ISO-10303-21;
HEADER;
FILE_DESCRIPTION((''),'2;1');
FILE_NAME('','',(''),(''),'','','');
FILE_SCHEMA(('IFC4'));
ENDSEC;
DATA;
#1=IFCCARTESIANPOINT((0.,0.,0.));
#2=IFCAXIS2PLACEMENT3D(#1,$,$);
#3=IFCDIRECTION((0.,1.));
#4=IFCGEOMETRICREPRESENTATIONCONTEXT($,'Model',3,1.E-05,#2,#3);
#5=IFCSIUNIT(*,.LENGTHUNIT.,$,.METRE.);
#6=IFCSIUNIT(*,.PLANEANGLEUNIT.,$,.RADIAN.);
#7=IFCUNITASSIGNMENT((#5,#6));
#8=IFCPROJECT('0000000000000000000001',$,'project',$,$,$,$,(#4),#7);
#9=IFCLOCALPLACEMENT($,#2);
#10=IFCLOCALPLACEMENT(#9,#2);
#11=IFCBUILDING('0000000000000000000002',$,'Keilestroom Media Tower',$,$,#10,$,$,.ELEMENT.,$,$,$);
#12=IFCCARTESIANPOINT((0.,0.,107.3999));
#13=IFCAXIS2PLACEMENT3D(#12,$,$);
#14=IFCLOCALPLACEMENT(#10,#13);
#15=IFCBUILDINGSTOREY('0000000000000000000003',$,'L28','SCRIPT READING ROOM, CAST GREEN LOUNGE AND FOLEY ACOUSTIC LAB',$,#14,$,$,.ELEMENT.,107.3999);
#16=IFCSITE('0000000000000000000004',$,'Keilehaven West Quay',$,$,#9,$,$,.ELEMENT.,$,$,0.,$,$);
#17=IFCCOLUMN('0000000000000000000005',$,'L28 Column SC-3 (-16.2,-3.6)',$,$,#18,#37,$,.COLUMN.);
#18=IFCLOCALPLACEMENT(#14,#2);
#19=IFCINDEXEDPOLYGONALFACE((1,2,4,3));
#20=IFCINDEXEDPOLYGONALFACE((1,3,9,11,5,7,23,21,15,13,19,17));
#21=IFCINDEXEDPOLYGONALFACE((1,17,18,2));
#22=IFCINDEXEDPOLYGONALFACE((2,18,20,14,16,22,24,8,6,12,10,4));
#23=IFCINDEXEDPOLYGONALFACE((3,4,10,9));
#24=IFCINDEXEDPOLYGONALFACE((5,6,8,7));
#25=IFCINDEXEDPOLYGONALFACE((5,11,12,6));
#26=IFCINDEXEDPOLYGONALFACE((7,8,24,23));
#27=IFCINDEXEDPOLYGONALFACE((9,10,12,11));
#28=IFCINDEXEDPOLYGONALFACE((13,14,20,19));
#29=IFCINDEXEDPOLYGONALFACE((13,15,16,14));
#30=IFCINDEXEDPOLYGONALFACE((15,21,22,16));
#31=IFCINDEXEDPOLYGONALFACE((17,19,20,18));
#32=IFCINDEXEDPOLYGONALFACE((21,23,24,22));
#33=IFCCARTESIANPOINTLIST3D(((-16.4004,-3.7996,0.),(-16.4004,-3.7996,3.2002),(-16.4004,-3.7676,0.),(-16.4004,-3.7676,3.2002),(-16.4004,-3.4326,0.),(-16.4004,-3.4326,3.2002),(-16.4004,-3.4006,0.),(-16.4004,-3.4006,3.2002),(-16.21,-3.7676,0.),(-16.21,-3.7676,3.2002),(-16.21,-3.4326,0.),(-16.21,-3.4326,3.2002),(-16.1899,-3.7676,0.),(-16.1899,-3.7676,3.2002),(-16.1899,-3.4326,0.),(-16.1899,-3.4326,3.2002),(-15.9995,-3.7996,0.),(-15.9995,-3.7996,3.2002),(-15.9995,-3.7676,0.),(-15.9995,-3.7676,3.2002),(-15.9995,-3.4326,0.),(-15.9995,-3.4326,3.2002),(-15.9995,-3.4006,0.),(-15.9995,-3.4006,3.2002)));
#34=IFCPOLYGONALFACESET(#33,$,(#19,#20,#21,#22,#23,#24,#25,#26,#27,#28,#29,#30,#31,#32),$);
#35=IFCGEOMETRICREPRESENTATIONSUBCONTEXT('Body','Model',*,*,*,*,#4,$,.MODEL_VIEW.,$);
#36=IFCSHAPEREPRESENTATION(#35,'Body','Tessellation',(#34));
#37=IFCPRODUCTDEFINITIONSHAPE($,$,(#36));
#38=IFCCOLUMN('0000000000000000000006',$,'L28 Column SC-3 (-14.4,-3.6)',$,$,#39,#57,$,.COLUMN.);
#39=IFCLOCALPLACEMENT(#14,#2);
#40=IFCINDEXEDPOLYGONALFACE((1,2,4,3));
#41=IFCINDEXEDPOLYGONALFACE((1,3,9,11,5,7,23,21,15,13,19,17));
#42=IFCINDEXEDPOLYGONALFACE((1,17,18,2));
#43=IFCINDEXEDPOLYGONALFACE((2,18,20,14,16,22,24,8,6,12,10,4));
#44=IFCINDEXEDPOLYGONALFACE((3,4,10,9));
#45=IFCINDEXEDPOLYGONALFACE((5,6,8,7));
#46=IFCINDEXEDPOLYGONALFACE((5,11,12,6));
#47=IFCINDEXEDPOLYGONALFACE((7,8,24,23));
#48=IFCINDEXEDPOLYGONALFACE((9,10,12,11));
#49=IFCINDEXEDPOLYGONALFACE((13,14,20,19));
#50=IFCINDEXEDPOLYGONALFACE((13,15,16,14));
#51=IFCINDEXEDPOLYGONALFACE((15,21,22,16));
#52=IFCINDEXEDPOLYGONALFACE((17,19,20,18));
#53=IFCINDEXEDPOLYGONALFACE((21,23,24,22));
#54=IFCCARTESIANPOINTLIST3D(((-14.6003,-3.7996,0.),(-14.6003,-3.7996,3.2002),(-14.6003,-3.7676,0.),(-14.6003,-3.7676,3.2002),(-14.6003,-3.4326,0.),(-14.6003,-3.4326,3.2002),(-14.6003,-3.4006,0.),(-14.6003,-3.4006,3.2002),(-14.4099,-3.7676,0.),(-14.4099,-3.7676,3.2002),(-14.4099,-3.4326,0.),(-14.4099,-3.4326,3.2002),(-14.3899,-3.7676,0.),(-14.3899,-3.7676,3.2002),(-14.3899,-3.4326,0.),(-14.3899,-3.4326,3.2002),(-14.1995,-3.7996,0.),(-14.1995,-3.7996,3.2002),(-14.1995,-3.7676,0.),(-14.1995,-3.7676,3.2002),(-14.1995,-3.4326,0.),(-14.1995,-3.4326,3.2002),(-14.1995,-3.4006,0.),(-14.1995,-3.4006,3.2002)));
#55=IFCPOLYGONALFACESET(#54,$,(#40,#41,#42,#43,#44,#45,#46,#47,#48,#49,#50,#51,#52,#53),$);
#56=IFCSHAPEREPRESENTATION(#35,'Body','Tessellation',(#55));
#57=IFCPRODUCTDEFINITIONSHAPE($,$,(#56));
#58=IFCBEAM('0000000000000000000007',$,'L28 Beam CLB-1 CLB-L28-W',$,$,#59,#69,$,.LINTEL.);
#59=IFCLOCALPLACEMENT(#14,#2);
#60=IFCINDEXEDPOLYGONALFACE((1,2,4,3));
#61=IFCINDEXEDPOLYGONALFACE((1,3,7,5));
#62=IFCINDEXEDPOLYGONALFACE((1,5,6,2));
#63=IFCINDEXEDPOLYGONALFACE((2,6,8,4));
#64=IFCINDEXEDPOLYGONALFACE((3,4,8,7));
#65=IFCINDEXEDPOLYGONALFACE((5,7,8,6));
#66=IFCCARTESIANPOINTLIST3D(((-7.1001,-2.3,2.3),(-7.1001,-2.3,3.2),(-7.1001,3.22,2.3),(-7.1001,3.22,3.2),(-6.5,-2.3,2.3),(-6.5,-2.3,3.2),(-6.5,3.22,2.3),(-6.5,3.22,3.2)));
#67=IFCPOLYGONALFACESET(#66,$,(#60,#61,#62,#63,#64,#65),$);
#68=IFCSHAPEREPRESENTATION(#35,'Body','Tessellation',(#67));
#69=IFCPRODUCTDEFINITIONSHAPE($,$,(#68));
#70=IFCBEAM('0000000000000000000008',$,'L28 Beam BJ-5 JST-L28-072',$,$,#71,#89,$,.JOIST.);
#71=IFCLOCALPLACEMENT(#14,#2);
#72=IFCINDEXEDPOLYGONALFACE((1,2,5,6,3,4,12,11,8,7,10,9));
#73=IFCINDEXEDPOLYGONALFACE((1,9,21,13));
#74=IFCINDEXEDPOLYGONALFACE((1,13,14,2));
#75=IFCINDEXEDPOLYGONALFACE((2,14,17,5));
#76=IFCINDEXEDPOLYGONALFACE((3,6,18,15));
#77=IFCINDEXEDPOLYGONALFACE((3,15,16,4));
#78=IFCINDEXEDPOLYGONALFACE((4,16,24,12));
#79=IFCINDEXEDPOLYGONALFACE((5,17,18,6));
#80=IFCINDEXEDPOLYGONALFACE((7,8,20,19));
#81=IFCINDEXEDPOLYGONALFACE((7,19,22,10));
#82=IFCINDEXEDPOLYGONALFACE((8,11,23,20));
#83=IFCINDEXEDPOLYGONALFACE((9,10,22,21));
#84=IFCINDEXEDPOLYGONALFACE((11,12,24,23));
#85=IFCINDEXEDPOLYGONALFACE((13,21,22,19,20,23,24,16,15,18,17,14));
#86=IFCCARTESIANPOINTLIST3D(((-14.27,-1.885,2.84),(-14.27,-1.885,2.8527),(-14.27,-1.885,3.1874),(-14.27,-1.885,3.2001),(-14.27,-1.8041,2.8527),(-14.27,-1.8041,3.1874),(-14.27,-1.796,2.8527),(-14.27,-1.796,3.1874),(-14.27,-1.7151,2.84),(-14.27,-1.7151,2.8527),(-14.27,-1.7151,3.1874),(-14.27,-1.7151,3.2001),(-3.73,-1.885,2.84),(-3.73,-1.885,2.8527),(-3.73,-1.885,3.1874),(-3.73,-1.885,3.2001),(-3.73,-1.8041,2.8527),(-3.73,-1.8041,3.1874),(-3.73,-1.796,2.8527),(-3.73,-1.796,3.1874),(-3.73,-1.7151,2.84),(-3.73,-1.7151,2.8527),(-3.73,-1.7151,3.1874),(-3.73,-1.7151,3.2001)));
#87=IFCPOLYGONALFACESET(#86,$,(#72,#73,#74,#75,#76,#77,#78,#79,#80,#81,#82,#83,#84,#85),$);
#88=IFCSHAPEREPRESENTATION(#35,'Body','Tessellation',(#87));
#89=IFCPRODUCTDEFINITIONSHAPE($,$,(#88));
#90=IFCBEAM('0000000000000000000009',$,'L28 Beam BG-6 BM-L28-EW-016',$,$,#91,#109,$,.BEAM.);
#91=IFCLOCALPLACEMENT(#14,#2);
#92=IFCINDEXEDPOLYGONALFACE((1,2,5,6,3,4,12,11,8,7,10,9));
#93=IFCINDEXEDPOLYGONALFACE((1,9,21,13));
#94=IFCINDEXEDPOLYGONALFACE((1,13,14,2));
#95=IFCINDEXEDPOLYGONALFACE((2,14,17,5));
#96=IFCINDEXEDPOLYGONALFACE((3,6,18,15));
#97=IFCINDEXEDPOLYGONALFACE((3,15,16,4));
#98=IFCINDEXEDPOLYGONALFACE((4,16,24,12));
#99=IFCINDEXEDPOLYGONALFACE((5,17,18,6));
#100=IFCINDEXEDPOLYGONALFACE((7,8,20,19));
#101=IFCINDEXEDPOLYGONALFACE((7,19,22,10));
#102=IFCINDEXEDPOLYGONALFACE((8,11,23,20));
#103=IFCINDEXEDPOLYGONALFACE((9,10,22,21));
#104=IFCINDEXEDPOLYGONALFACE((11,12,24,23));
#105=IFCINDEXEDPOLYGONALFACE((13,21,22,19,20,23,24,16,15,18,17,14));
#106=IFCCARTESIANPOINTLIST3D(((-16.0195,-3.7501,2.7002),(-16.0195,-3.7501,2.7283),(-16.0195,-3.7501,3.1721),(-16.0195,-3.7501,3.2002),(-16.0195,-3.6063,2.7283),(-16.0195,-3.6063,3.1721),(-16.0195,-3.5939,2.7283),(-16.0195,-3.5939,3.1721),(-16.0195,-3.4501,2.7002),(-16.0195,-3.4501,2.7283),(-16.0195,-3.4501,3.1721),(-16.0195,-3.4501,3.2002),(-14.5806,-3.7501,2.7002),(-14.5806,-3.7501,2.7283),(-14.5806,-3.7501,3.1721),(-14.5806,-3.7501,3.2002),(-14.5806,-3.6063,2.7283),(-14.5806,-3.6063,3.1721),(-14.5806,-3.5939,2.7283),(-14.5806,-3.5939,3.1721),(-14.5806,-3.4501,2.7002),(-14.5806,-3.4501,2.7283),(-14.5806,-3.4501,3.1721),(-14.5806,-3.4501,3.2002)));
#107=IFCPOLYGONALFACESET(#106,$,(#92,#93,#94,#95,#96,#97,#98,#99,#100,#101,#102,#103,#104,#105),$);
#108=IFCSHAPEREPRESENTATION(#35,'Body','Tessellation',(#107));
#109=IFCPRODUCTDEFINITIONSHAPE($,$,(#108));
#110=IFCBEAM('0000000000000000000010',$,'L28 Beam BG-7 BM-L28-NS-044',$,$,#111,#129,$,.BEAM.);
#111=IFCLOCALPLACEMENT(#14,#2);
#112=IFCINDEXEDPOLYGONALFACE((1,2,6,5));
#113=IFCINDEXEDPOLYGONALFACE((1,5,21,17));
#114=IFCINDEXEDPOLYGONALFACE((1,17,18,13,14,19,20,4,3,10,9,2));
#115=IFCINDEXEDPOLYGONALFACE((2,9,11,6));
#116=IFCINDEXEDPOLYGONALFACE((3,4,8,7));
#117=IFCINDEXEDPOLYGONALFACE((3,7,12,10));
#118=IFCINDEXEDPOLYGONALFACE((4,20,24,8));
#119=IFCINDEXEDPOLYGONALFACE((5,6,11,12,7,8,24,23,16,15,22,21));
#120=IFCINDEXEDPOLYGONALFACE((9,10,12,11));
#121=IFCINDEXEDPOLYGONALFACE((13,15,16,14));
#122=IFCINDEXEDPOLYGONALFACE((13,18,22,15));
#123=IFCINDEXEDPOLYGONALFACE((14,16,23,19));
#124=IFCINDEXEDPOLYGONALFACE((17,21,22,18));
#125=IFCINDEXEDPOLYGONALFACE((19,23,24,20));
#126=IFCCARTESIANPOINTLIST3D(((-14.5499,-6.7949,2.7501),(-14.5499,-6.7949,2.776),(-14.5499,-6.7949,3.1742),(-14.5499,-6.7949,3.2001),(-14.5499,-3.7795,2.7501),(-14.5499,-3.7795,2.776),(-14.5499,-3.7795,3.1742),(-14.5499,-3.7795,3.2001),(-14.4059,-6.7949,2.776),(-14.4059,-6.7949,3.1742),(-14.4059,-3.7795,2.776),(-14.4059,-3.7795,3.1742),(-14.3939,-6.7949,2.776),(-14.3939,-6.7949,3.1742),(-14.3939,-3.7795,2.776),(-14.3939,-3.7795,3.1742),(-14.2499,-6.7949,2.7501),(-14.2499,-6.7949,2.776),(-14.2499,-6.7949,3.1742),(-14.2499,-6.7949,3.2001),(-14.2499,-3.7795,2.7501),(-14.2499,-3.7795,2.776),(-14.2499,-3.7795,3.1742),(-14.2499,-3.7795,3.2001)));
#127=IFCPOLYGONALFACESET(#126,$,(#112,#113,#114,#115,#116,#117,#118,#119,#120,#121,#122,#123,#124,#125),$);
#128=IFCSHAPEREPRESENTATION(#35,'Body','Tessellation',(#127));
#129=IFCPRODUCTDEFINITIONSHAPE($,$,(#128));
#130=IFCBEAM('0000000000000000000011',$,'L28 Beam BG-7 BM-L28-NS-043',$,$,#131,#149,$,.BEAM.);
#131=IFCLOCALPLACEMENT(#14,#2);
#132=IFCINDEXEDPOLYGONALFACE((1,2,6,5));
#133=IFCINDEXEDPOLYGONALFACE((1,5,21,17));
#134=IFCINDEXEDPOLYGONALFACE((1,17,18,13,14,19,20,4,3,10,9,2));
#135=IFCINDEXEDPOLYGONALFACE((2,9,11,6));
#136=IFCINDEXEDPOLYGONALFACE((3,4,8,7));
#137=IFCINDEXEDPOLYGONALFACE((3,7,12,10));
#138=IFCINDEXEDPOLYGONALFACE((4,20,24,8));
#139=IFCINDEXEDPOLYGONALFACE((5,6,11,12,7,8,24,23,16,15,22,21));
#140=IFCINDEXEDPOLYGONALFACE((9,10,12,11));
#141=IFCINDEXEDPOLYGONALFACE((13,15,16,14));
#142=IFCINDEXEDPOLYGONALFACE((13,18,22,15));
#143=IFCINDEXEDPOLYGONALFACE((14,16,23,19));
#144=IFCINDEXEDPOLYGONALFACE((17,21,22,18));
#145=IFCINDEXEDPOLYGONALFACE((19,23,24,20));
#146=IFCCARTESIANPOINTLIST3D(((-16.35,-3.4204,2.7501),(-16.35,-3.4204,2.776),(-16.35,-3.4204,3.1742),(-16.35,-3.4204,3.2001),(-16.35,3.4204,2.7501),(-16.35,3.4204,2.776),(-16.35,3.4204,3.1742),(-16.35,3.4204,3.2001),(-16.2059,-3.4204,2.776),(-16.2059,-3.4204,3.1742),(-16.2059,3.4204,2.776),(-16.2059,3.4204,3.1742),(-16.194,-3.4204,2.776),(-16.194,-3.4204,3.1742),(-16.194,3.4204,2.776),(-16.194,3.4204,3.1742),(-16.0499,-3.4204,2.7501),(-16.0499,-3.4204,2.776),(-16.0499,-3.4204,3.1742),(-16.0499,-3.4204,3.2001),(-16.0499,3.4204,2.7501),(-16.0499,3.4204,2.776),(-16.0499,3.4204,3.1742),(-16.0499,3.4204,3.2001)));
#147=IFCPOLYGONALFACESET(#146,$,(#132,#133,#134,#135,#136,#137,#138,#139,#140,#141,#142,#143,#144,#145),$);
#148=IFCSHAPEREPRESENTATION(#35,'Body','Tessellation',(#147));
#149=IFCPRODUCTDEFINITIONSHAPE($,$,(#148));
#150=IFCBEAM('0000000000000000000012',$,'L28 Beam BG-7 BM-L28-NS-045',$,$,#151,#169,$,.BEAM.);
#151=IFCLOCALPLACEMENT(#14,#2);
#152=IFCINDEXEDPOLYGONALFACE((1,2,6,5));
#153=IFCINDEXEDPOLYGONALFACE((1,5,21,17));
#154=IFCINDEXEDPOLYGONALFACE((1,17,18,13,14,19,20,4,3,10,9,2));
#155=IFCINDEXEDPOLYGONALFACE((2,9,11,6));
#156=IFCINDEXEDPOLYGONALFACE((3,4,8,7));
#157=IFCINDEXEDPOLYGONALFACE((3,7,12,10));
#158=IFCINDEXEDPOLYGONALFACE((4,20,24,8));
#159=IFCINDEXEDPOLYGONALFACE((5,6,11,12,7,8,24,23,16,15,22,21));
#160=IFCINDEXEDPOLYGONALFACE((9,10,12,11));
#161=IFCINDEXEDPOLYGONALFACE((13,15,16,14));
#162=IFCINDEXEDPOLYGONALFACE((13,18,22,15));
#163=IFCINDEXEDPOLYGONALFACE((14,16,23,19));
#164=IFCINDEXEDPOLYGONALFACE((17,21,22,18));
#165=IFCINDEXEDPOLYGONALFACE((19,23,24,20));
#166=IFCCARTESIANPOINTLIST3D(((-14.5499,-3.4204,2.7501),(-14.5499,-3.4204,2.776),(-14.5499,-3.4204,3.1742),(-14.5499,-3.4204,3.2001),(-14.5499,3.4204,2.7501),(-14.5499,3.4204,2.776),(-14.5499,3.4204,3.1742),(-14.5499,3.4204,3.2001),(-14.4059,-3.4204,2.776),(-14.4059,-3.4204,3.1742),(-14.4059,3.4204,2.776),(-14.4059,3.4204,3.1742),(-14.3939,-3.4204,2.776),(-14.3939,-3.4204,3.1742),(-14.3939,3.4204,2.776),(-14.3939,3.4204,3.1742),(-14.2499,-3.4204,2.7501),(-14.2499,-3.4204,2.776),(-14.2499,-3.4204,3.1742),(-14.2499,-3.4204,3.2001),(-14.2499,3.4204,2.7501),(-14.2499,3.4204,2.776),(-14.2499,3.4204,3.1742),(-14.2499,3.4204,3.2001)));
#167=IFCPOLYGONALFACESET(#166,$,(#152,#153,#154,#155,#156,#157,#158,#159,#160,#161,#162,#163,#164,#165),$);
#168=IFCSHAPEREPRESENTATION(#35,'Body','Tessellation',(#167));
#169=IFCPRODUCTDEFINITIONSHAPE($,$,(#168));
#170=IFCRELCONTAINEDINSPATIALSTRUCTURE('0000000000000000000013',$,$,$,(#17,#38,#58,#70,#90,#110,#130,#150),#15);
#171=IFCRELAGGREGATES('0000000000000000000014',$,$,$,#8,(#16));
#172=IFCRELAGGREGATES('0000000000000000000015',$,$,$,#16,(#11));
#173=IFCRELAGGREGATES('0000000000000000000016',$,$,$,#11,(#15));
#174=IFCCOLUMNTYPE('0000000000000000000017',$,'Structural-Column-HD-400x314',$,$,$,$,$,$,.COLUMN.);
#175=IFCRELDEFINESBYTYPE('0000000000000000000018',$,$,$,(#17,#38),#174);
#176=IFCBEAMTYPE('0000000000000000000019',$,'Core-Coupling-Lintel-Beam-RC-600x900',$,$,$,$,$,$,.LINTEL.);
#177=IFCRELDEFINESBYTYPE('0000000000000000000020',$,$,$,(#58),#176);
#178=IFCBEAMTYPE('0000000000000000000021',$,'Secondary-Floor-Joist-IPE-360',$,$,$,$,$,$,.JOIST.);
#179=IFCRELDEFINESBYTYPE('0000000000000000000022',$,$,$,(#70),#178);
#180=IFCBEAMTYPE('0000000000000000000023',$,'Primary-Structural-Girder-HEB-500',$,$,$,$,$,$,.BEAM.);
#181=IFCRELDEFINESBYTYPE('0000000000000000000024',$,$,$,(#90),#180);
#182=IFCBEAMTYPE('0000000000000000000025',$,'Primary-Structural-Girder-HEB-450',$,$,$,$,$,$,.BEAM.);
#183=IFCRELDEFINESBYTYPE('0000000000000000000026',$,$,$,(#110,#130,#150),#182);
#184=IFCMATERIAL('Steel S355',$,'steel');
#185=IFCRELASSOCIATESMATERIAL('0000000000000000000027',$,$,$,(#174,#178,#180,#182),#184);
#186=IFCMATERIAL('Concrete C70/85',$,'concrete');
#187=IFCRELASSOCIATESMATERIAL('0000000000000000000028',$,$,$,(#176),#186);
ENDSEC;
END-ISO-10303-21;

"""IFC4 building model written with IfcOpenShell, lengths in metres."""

from ifc_helpers import new_model, si_unit, direction, frame, origin, origin_2d, place, context, subcontext, project, spatial, rectangle, i_section, extrude, source, transform, mapped, material, material_profile, profile_set, type_object, element, save


model = new_model("IFC4")

# Units and contexts
model_context = context("Model", 3, precision=1e-05, world=origin(), true_north=direction((0.0, 1.0)))
body_context = subcontext(model_context, "Body", "Model", "MODEL_VIEW")
ifc_project = project(units=[si_unit("LENGTHUNIT", "METRE"), si_unit("PLANEANGLEUNIT", "RADIAN")], contexts=[model_context])

# Site, building, storey
site_placement = place(None, origin())
site = spatial("IfcSite", under=ifc_project, at=site_placement, Name="Keilehaven West Quay", CompositionType="ELEMENT", RefElevation=0.0)
building_placement = place(site_placement, origin())
building = spatial("IfcBuilding", under=site, at=building_placement, Name="Keilestroom Media Tower", CompositionType="ELEMENT")
storey_placement = place(building_placement, frame((0.0, 0.0, 107.3999)))
storey = spatial("IfcBuildingStorey", under=building, at=storey_placement, Name="L28", Description="SCRIPT READING ROOM, CAST GREEN LOUNGE AND FOLEY ACOUSTIC LAB", CompositionType="ELEMENT", Elevation=107.3999)

# Columns
ifc_material_1 = material(Name="Steel S355", Category="steel")
ifc_material_profile_1 = material_profile(ifc_material_1, i_section(OverallWidth=0.4009, OverallDepth=0.3989, WebThickness=0.02, FlangeThickness=0.032, at=origin_2d()), Name="HD 400x314")
ifc_profile_set_1 = profile_set([ifc_material_profile_1], Name="Steel S355")
column_type = type_object("IfcColumnType", Name="Structural-Column-HD-400x314", PredefinedType="COLUMN", material=ifc_profile_set_1)
shared_shape_1 = source(origin(), body_context, "Body", "SweptSolid", [
    extrude(i_section(OverallWidth=0.4009, OverallDepth=0.3989, WebThickness=0.02, FlangeThickness=0.032, at=origin_2d()), origin(), (0.0, 0.0, 1.0), 3.2002),
])
for number, where, z_axis, x_axis, name in (
    (1, (-16.2, -3.6001, 0.0), (0.0, 0.0, 1.0), (1.0, 0.0, 0.0), "L28 Column SC-3 (-16.2,-3.6)"),
    (2, (-14.3999, -3.6001, 0.0), (0.0, 0.0, 1.0), (1.0, 0.0, 0.0), "L28 Column SC-3 (-14.4,-3.6)"),
):
    element("IfcColumn", number, at=place(storey_placement, frame(where, z_axis=z_axis, x_axis=x_axis)), inside=storey, type_object=column_type, Name=name, PredefinedType="COLUMN", context=body_context, shape_type="MappedRepresentation", body=[
        mapped(shared_shape_1, transform((0.0, 0.0, 0.0), x_axis=(1.0, 0.0, 0.0), y_axis=(0.0, 1.0, 0.0), z_axis=(0.0, 0.0, 1.0), scale=1.0)),
    ])

# Beams
ifc_material_2 = material(Name="Concrete C70/85", Category="concrete")
ifc_material_profile_2 = material_profile(ifc_material_2, rectangle(XDim=0.6001, YDim=0.8999, at=origin_2d()), Name="RC 600x900")
ifc_profile_set_2 = profile_set([ifc_material_profile_2], Name="Concrete C70/85")
beam_type_1 = type_object("IfcBeamType", Name="Core-Coupling-Lintel-Beam-RC-600x900", PredefinedType="LINTEL", material=ifc_profile_set_2)
shared_shape_2 = source(origin(), body_context, "Body", "SweptSolid", [
    extrude(rectangle(XDim=0.6001, YDim=0.8999, at=origin_2d()), origin(), (0.0, 0.0, 1.0), 5.52),
])
beam_1_placement = place(storey_placement, frame((-6.8, -2.3, 2.75), z_axis=(0.0, 1.0, 0.0), x_axis=(-1.0, 0.0, 0.0)))
element("IfcBeam", 3, at=beam_1_placement, inside=storey, type_object=beam_type_1, Name="L28 Beam CLB-1 CLB-L28-W", PredefinedType="LINTEL", context=body_context, shape_type="MappedRepresentation", body=[
    mapped(shared_shape_2, transform((0.0, 0.0, 0.0), x_axis=(1.0, 0.0, 0.0), y_axis=(0.0, 1.0, 0.0), z_axis=(0.0, 0.0, 1.0), scale=1.0)),
])
ifc_material_profile_3 = material_profile(ifc_material_1, i_section(OverallWidth=0.1699, OverallDepth=0.3601, WebThickness=0.0081, FlangeThickness=0.0127, at=origin_2d()), Name="IPE 360")
ifc_profile_set_3 = profile_set([ifc_material_profile_3], Name="Steel S355")
beam_type_2 = type_object("IfcBeamType", Name="Secondary-Floor-Joist-IPE-360", PredefinedType="JOIST", material=ifc_profile_set_3)
shared_shape_3 = source(origin(), body_context, "Body", "SweptSolid", [
    extrude(i_section(OverallWidth=0.1699, OverallDepth=0.3601, WebThickness=0.0081, FlangeThickness=0.0127, at=origin_2d()), origin(), (0.0, 0.0, 1.0), 10.54),
])
beam_2_placement = place(storey_placement, frame((-14.27, -1.8, 3.02), z_axis=(1.0, 0.0, 0.0), x_axis=(0.0, 1.0, 0.0)))
element("IfcBeam", 4, at=beam_2_placement, inside=storey, type_object=beam_type_2, Name="L28 Beam BJ-5 JST-L28-072", PredefinedType="JOIST", context=body_context, shape_type="MappedRepresentation", body=[
    mapped(shared_shape_3, transform((0.0, 0.0, 0.0), x_axis=(1.0, 0.0, 0.0), y_axis=(0.0, 1.0, 0.0), z_axis=(0.0, 0.0, 1.0), scale=1.0)),
])
ifc_material_profile_4 = material_profile(ifc_material_1, i_section(OverallWidth=0.3, OverallDepth=0.5, WebThickness=0.0125, FlangeThickness=0.0281, at=origin_2d()), Name="HEB 500")
ifc_profile_set_4 = profile_set([ifc_material_profile_4], Name="Steel S355")
beam_type_3 = type_object("IfcBeamType", Name="Primary-Structural-Girder-HEB-500", PredefinedType="BEAM", material=ifc_profile_set_4)
shared_shape_4 = source(origin(), body_context, "Body", "SweptSolid", [
    extrude(i_section(OverallWidth=0.3, OverallDepth=0.5, WebThickness=0.0125, FlangeThickness=0.0281, at=origin_2d()), origin(), (0.0, 0.0, 1.0), 1.439),
])
beam_3_placement = place(storey_placement, frame((-16.0195, -3.6001, 2.9502), z_axis=(1.0, 0.0, 0.0), x_axis=(0.0, 1.0, 0.0)))
element("IfcBeam", 5, at=beam_3_placement, inside=storey, type_object=beam_type_3, Name="L28 Beam BG-6 BM-L28-EW-016", PredefinedType="BEAM", context=body_context, shape_type="MappedRepresentation", body=[
    mapped(shared_shape_4, transform((0.0, 0.0, 0.0), x_axis=(1.0, 0.0, 0.0), y_axis=(0.0, 1.0, 0.0), z_axis=(0.0, 0.0, 1.0), scale=1.0)),
])
ifc_material_profile_5 = material_profile(ifc_material_1, i_section(OverallWidth=0.3, OverallDepth=0.45, WebThickness=0.012, FlangeThickness=0.0259, at=origin_2d()), Name="HEB 450")
ifc_profile_set_5 = profile_set([ifc_material_profile_5], Name="Steel S355")
beam_type_4 = type_object("IfcBeamType", Name="Primary-Structural-Girder-HEB-450", PredefinedType="BEAM", material=ifc_profile_set_5)
shared_shape_5 = source(origin(), body_context, "Body", "SweptSolid", [
    extrude(i_section(OverallWidth=0.3, OverallDepth=0.45, WebThickness=0.012, FlangeThickness=0.0259, at=origin_2d()), origin(), (0.0, 0.0, 1.0), 3.0154),
])
beam_4_placement = place(storey_placement, frame((-14.3999, -6.7949, 2.9751), z_axis=(0.0, 1.0, 0.0), x_axis=(-1.0, 0.0, 0.0)))
element("IfcBeam", 6, at=beam_4_placement, inside=storey, type_object=beam_type_4, Name="L28 Beam BG-7 BM-L28-NS-044", PredefinedType="BEAM", context=body_context, shape_type="MappedRepresentation", body=[
    mapped(shared_shape_5, transform((0.0, 0.0, 0.0), x_axis=(1.0, 0.0, 0.0), y_axis=(0.0, 1.0, 0.0), z_axis=(0.0, 0.0, 1.0), scale=1.0)),
])
shared_shape_6 = source(origin(), body_context, "Body", "SweptSolid", [
    extrude(i_section(OverallWidth=0.3, OverallDepth=0.45, WebThickness=0.012, FlangeThickness=0.0259, at=origin_2d()), origin(), (0.0, 0.0, 1.0), 6.8408),
])
for number, where, z_axis, x_axis, name in (
    (7, (-16.2, -3.4204, 2.9751), (0.0, 1.0, 0.0), (-1.0, 0.0, 0.0), "L28 Beam BG-7 BM-L28-NS-043"),
    (8, (-14.3999, -3.4204, 2.9751), (0.0, 1.0, 0.0), (-1.0, 0.0, 0.0), "L28 Beam BG-7 BM-L28-NS-045"),
):
    element("IfcBeam", number, at=place(storey_placement, frame(where, z_axis=z_axis, x_axis=x_axis)), inside=storey, type_object=beam_type_4, Name=name, PredefinedType="BEAM", context=body_context, shape_type="MappedRepresentation", body=[
        mapped(shared_shape_6, transform((0.0, 0.0, 0.0), x_axis=(1.0, 0.0, 0.0), y_axis=(0.0, 1.0, 0.0), z_axis=(0.0, 0.0, 1.0), scale=1.0)),
    ])

save(model, "model.ifc")
